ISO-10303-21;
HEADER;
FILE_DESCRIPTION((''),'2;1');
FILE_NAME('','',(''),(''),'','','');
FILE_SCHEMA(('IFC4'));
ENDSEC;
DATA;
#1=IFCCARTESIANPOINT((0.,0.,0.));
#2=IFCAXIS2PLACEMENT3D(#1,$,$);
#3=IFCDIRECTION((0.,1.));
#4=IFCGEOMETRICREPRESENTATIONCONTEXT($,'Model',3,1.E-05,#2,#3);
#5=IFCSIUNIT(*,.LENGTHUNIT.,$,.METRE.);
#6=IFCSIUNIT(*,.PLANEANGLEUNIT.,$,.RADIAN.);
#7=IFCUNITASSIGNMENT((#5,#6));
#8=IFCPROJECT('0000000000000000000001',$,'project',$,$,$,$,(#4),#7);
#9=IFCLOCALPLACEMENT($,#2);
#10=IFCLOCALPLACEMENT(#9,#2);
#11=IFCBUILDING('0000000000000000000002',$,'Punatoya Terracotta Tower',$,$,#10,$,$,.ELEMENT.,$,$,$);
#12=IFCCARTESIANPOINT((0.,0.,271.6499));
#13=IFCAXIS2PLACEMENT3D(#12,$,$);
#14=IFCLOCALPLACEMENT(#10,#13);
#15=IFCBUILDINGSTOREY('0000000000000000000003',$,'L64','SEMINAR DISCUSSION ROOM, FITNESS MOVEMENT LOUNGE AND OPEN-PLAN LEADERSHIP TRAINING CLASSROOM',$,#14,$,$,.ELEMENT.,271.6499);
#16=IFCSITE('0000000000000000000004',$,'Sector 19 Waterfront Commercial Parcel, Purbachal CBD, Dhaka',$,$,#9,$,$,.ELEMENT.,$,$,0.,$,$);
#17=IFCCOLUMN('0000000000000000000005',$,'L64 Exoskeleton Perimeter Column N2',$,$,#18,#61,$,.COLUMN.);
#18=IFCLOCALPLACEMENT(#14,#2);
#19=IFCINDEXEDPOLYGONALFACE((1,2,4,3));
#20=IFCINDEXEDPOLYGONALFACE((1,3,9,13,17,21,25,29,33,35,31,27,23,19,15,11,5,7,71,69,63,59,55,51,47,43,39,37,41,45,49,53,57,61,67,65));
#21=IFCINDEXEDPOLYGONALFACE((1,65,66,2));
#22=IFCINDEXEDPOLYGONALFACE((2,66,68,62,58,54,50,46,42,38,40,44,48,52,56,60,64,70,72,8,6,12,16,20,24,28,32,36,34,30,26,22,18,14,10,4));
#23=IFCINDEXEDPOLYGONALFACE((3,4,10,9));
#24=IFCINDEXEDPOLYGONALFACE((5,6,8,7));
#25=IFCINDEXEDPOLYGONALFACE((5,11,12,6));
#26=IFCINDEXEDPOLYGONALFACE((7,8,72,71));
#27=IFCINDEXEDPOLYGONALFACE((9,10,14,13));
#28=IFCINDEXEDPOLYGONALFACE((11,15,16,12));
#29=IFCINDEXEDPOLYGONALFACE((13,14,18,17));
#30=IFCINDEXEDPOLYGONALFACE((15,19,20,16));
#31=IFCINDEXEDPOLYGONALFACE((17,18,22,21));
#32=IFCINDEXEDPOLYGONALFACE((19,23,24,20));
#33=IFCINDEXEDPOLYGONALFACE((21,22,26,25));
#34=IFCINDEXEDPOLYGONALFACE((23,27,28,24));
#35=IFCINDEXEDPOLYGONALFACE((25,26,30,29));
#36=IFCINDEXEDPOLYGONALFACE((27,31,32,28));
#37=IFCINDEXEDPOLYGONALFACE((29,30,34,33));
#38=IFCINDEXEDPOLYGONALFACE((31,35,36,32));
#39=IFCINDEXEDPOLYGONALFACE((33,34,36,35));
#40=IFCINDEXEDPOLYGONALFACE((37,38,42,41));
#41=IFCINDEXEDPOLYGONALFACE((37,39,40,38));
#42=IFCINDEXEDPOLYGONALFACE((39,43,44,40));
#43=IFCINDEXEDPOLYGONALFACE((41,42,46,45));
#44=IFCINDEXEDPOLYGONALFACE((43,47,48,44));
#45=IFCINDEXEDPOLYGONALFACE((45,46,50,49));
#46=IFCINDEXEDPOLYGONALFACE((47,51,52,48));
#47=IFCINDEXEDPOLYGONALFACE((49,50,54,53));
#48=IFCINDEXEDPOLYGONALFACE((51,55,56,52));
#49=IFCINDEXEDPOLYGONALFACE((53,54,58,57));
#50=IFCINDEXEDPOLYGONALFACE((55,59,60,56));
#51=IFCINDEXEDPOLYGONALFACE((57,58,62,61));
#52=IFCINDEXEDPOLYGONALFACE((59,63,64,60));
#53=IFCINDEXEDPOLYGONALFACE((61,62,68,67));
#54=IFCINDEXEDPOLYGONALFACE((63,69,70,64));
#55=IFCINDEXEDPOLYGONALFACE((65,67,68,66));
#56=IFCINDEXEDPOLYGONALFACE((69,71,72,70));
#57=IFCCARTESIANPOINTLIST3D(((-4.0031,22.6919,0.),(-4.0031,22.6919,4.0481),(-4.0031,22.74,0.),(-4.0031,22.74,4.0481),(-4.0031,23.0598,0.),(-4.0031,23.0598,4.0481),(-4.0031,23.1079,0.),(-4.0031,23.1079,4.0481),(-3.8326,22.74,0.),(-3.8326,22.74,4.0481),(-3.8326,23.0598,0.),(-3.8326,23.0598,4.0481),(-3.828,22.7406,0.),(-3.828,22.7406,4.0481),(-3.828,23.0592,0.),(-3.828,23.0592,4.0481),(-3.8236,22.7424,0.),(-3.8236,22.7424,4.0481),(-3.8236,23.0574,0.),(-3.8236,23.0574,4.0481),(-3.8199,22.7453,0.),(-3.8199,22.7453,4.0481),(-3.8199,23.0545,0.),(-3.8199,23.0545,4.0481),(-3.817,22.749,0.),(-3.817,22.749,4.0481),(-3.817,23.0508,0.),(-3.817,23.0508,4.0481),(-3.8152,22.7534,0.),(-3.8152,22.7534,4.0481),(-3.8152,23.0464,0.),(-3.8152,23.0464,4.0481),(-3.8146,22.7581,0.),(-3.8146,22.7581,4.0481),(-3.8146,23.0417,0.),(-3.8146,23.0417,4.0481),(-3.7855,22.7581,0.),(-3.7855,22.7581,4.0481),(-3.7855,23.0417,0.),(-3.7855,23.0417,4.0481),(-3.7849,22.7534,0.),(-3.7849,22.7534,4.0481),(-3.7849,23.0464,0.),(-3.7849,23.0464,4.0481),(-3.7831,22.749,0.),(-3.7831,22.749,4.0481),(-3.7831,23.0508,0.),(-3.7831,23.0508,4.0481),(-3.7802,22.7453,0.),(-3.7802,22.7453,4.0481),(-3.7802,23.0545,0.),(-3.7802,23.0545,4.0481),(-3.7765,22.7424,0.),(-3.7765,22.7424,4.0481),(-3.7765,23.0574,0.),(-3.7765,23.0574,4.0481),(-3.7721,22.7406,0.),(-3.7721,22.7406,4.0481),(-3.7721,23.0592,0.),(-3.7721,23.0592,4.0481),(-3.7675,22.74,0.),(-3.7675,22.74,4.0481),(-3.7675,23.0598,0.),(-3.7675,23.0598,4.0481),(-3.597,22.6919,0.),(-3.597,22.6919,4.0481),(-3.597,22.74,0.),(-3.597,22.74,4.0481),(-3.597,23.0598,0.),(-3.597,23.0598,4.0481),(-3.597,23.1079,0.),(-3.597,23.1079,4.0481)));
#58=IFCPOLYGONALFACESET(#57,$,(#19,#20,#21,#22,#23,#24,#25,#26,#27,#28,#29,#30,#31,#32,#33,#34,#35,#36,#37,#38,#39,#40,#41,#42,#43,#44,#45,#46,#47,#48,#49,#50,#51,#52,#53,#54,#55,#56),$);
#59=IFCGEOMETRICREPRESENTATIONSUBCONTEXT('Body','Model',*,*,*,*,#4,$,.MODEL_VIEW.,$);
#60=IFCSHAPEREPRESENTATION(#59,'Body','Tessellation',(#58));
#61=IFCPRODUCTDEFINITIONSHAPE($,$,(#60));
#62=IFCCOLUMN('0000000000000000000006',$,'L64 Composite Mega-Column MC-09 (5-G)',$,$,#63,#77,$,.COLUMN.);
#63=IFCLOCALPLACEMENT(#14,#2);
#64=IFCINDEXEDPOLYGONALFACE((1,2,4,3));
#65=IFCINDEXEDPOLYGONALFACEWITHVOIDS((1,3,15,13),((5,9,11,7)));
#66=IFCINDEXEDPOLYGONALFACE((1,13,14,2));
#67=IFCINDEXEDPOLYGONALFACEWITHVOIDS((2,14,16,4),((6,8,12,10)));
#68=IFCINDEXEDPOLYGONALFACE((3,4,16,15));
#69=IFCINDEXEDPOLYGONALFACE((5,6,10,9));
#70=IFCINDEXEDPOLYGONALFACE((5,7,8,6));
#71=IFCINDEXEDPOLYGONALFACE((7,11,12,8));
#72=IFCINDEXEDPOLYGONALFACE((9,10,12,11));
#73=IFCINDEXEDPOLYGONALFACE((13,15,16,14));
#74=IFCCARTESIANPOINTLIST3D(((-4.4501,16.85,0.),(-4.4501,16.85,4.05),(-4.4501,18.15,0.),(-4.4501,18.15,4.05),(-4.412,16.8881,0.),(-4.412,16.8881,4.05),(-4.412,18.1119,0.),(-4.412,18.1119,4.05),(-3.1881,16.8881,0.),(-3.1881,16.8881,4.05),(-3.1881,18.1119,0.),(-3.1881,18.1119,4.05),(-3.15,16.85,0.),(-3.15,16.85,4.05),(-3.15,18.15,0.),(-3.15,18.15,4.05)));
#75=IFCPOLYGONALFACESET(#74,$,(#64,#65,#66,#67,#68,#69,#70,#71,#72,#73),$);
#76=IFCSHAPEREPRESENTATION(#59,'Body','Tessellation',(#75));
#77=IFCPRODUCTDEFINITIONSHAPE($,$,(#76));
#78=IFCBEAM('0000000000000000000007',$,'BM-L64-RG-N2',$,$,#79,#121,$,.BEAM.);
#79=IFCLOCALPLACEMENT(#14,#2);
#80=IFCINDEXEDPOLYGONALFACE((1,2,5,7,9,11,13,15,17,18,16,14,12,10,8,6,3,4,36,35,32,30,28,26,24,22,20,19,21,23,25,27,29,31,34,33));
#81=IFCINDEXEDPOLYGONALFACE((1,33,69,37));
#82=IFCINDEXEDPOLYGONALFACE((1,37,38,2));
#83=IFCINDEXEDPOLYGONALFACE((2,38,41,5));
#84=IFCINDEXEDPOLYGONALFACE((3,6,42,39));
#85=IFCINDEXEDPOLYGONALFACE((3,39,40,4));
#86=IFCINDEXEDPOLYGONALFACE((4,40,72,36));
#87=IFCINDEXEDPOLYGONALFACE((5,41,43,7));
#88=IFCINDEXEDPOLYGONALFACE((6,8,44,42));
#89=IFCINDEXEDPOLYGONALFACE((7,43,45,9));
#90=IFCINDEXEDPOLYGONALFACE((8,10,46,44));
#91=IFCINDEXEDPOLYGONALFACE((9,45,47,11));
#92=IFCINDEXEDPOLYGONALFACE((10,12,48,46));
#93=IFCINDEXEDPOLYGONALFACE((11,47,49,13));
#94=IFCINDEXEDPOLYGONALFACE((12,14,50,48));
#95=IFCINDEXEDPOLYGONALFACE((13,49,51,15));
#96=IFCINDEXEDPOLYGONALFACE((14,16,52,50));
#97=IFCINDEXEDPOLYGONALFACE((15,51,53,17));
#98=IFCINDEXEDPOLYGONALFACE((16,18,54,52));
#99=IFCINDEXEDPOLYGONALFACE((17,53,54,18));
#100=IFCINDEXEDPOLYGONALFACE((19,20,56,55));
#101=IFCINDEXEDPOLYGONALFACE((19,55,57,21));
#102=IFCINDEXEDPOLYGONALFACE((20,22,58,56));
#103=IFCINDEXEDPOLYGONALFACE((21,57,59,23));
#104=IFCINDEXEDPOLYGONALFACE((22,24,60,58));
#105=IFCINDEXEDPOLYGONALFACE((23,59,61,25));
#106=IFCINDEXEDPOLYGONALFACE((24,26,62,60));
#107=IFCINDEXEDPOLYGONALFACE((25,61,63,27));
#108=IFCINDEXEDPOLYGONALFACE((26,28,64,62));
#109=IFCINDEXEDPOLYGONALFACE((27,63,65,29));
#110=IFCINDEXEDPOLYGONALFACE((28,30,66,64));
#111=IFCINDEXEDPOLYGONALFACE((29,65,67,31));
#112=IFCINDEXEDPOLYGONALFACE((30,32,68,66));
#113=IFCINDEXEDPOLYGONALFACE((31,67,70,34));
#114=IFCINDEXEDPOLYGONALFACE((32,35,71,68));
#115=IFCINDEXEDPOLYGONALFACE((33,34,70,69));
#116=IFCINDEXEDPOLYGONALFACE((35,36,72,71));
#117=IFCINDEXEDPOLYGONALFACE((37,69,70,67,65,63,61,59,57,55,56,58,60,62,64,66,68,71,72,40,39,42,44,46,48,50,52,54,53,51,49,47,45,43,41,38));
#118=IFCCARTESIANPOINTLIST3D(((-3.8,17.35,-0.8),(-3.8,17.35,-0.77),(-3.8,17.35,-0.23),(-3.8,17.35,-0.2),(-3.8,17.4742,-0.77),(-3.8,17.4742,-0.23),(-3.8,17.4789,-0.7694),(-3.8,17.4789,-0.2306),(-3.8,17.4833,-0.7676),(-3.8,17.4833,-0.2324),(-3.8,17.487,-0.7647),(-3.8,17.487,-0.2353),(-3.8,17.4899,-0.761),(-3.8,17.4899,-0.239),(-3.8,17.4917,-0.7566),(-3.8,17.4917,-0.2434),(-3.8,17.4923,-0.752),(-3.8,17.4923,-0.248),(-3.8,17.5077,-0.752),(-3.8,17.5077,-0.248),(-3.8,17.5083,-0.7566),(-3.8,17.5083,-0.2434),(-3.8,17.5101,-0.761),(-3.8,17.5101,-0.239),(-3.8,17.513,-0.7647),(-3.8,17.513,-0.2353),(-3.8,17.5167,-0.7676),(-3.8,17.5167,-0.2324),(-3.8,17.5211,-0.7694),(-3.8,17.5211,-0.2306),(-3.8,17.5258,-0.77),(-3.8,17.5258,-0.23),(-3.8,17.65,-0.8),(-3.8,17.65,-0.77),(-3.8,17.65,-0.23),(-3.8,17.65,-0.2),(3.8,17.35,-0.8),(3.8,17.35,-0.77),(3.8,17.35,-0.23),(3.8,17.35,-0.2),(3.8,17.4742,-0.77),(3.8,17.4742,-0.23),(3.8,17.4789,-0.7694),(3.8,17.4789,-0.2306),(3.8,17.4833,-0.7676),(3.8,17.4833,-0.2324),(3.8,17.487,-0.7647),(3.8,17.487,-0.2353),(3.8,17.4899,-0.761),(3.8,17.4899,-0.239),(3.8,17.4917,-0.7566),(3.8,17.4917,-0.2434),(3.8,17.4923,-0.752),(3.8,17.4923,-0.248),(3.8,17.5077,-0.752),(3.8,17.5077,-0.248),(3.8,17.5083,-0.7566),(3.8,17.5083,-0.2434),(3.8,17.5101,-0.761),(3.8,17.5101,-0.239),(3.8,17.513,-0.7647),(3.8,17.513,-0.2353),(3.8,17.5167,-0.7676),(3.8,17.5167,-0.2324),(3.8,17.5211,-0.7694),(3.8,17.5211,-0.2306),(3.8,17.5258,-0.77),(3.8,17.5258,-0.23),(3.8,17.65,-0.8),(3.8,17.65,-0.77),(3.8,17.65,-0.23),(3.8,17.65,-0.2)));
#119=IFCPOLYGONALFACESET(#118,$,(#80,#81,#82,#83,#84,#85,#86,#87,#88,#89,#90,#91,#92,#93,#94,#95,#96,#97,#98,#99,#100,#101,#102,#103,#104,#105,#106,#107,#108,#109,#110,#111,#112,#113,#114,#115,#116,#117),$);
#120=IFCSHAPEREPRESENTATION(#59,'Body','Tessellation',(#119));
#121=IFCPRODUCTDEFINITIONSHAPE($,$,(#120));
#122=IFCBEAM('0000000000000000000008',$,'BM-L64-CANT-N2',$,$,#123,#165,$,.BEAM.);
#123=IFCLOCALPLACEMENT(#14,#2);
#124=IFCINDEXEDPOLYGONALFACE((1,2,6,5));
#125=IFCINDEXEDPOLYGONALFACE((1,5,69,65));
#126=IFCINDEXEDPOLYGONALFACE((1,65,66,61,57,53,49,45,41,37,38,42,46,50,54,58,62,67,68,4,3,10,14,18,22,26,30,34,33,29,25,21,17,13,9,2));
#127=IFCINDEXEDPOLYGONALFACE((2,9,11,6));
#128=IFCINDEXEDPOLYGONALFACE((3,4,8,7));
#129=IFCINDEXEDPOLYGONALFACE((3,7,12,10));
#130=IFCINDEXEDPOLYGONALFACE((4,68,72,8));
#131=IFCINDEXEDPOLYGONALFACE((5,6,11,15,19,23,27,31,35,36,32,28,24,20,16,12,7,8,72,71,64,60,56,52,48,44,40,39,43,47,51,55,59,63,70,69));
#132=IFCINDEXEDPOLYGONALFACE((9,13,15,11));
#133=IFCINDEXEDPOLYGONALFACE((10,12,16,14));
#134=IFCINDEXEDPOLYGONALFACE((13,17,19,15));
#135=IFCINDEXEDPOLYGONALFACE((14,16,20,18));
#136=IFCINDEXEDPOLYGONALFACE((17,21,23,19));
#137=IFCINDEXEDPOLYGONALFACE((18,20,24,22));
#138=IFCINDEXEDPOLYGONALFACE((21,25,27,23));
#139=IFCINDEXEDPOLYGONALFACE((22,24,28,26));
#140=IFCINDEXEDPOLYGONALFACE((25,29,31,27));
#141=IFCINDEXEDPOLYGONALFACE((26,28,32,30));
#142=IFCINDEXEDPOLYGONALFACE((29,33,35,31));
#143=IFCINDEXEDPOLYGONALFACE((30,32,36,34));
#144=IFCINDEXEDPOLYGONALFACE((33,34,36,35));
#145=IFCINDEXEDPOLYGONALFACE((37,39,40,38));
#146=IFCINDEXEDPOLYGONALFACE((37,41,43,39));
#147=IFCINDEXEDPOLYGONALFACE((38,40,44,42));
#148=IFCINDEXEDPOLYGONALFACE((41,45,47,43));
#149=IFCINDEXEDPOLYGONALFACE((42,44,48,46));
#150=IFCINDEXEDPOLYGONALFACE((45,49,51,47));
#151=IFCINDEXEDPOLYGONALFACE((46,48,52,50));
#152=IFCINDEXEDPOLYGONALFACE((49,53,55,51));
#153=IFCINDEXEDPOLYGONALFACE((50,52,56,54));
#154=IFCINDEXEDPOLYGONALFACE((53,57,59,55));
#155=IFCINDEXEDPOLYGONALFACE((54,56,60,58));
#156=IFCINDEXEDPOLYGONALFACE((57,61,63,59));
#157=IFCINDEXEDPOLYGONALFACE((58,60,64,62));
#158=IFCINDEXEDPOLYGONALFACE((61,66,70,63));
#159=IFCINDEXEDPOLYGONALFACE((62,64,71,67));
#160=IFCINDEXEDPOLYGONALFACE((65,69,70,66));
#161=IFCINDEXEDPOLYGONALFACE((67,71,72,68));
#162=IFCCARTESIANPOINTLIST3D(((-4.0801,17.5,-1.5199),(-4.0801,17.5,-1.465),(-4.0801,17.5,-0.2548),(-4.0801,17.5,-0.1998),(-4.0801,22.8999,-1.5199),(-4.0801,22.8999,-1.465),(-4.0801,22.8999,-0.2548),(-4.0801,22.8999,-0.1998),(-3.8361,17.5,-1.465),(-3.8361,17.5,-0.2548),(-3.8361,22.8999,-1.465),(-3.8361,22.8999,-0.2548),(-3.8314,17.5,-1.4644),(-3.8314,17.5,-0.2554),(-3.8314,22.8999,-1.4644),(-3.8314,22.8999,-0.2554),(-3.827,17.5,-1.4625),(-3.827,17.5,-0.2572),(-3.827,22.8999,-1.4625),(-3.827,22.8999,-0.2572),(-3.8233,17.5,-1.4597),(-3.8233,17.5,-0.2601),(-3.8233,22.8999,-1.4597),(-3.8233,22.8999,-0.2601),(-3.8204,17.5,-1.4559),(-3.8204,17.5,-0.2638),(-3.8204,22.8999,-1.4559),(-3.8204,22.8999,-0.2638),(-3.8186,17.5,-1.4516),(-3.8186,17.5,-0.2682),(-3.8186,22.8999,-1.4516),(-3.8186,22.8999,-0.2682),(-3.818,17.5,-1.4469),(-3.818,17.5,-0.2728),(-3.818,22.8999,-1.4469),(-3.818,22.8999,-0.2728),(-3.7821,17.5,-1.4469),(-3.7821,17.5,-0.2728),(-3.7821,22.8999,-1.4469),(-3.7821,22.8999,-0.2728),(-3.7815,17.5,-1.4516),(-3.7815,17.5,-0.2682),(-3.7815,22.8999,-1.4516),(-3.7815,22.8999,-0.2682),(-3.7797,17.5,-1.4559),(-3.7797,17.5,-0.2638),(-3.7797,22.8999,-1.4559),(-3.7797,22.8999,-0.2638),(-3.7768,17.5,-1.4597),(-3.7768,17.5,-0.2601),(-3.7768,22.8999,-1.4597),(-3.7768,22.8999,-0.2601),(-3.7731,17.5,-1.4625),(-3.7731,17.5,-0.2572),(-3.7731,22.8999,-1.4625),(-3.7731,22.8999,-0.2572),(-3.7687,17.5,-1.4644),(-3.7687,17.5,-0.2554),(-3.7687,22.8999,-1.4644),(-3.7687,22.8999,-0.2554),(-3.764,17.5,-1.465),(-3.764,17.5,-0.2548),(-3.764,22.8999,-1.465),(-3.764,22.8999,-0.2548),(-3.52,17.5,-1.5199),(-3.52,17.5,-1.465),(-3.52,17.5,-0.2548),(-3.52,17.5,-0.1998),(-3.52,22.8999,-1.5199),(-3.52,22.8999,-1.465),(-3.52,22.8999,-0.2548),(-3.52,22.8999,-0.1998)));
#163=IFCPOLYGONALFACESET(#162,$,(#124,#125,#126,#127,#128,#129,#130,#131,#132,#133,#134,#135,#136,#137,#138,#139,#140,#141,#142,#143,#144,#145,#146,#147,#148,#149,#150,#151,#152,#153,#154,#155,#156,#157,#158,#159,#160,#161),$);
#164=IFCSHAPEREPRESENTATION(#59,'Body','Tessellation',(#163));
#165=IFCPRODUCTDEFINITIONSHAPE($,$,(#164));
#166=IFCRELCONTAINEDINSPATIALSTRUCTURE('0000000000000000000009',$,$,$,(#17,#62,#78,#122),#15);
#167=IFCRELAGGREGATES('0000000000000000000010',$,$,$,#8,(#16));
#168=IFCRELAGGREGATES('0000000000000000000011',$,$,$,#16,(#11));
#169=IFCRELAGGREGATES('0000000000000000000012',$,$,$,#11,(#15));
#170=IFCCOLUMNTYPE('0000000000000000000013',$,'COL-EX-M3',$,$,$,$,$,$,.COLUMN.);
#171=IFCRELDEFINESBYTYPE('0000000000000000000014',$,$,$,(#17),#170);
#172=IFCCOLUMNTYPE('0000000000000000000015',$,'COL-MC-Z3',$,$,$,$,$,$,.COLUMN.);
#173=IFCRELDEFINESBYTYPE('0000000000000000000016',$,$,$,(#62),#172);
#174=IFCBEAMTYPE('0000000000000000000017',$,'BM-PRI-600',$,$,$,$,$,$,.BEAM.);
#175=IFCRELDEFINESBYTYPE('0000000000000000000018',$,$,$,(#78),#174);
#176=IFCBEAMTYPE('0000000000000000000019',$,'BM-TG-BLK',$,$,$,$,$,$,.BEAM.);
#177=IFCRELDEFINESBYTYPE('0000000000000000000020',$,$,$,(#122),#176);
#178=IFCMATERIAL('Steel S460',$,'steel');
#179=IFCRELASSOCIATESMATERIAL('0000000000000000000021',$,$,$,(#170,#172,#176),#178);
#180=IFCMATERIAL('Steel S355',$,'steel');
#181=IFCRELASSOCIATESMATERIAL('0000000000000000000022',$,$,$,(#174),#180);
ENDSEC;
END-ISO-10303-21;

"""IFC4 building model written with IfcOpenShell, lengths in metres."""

from ifc_helpers import new_model, si_unit, direction, frame, origin, origin_2d, place, context, subcontext, project, spatial, hollow_rectangle, i_section, extrude, material, material_profile, profile_set, type_object, element, save


model = new_model("IFC4")

# Units and contexts
model_context = context("Model", 3, precision=1e-05, world=origin(), true_north=direction((0.0, 1.0)))
body_context = subcontext(model_context, "Body", "Model", "MODEL_VIEW")
ifc_project = project(units=[si_unit("LENGTHUNIT", "METRE"), si_unit("PLANEANGLEUNIT", "RADIAN")], contexts=[model_context])

# Site, building, storey
site_placement = place(None, origin())
site = spatial("IfcSite", under=ifc_project, at=site_placement, Name="Sector 19 Waterfront Commercial Parcel, Purbachal CBD, Dhaka", CompositionType="ELEMENT", RefElevation=0.0)
building_placement = place(site_placement, origin())
building = spatial("IfcBuilding", under=site, at=building_placement, Name="Punatoya Terracotta Tower", CompositionType="ELEMENT")
storey_placement = place(building_placement, frame((0.0, 0.0, 271.6499)))
storey = spatial("IfcBuildingStorey", under=building, at=storey_placement, Name="L64", Description="SEMINAR DISCUSSION ROOM, FITNESS MOVEMENT LOUNGE AND OPEN-PLAN LEADERSHIP TRAINING CLASSROOM", CompositionType="ELEMENT", Elevation=271.6499)

# Columns
ifc_material_1 = material(Name="Steel S460", Category="steel")
ifc_material_profile_1 = material_profile(ifc_material_1, i_section(OverallWidth=0.406, OverallDepth=0.416, WebThickness=0.0291, FlangeThickness=0.0481, FilletRadius=0.0181, at=origin_2d()))
ifc_profile_set_1 = profile_set([ifc_material_profile_1], Name="Steel S460")
column_type_1 = type_object("IfcColumnType", Name="COL-EX-M3", PredefinedType="COLUMN", material=ifc_profile_set_1)
column_1_placement = place(storey_placement, frame((-3.8, 22.8999, 0.0), z_axis=(0.0, 0.0, 1.0), x_axis=(1.0, 0.0, 0.0)))
element("IfcColumn", 1, at=column_1_placement, inside=storey, type_object=column_type_1, Name="L64 Exoskeleton Perimeter Column N2", PredefinedType="COLUMN", context=body_context, shape_type="SweptSolid", body=[
    extrude(i_section(OverallWidth=0.406, OverallDepth=0.416, WebThickness=0.0291, FlangeThickness=0.0481, FilletRadius=0.0181, at=origin_2d()), origin(), (0.0, 0.0, 1.0), 4.0481),
])
ifc_material_profile_2 = material_profile(ifc_material_1, hollow_rectangle(XDim=1.3, YDim=1.3, WallThickness=0.0381, at=origin_2d()))
ifc_profile_set_2 = profile_set([ifc_material_profile_2], Name="Steel S460")
column_type_2 = type_object("IfcColumnType", Name="COL-MC-Z3", PredefinedType="COLUMN", material=ifc_profile_set_2)
column_2_placement = place(storey_placement, frame((-3.8, 17.5, 0.0), z_axis=(0.0, 0.0, 1.0), x_axis=(1.0, 0.0, 0.0)))
element("IfcColumn", 2, at=column_2_placement, inside=storey, type_object=column_type_2, Name="L64 Composite Mega-Column MC-09 (5-G)", PredefinedType="COLUMN", context=body_context, shape_type="SweptSolid", body=[
    extrude(hollow_rectangle(XDim=1.3, YDim=1.3, WallThickness=0.0381, at=origin_2d()), origin(), (0.0, 0.0, 1.0), 4.05),
])

# Beams
ifc_material_2 = material(Name="Steel S355", Category="steel")
ifc_material_profile_3 = material_profile(ifc_material_2, i_section(OverallWidth=0.3, OverallDepth=0.6001, WebThickness=0.0154, FlangeThickness=0.03, FilletRadius=0.0181, at=origin_2d()))
ifc_profile_set_3 = profile_set([ifc_material_profile_3], Name="Steel S355")
beam_type_1 = type_object("IfcBeamType", Name="BM-PRI-600", PredefinedType="BEAM", material=ifc_profile_set_3)
beam_1_placement = place(storey_placement, frame((-3.8, 17.5, -0.5), z_axis=(1.0, 0.0, 0.0), x_axis=(0.0, 1.0, 0.0)))
element("IfcBeam", 3, at=beam_1_placement, inside=storey, type_object=beam_type_1, Name="BM-L64-RG-N2", PredefinedType="BEAM", context=body_context, shape_type="SweptSolid", body=[
    extrude(i_section(OverallWidth=0.3, OverallDepth=0.6001, WebThickness=0.0154, FlangeThickness=0.03, FilletRadius=0.0181, at=origin_2d()), origin(), (0.0, 0.0, 1.0), 7.6001),
])
ifc_material_profile_4 = material_profile(ifc_material_1, i_section(OverallWidth=0.5601, OverallDepth=1.3201, WebThickness=0.0359, FlangeThickness=0.0549, FilletRadius=0.0181, at=origin_2d()))
ifc_profile_set_4 = profile_set([ifc_material_profile_4], Name="Steel S460")
beam_type_2 = type_object("IfcBeamType", Name="BM-TG-BLK", PredefinedType="BEAM", material=ifc_profile_set_4)
beam_2_placement = place(storey_placement, frame((-3.8, 17.5, -0.8599), z_axis=(0.0, 1.0, 0.0), x_axis=(-1.0, 0.0, 0.0)))
element("IfcBeam", 4, at=beam_2_placement, inside=storey, type_object=beam_type_2, Name="BM-L64-CANT-N2", PredefinedType="BEAM", context=body_context, shape_type="SweptSolid", body=[
    extrude(i_section(OverallWidth=0.5601, OverallDepth=1.3201, WebThickness=0.0359, FlangeThickness=0.0549, FilletRadius=0.0181, at=origin_2d()), origin(), (0.0, 0.0, 1.0), 5.3999),
])

save(model, "model.ifc")
